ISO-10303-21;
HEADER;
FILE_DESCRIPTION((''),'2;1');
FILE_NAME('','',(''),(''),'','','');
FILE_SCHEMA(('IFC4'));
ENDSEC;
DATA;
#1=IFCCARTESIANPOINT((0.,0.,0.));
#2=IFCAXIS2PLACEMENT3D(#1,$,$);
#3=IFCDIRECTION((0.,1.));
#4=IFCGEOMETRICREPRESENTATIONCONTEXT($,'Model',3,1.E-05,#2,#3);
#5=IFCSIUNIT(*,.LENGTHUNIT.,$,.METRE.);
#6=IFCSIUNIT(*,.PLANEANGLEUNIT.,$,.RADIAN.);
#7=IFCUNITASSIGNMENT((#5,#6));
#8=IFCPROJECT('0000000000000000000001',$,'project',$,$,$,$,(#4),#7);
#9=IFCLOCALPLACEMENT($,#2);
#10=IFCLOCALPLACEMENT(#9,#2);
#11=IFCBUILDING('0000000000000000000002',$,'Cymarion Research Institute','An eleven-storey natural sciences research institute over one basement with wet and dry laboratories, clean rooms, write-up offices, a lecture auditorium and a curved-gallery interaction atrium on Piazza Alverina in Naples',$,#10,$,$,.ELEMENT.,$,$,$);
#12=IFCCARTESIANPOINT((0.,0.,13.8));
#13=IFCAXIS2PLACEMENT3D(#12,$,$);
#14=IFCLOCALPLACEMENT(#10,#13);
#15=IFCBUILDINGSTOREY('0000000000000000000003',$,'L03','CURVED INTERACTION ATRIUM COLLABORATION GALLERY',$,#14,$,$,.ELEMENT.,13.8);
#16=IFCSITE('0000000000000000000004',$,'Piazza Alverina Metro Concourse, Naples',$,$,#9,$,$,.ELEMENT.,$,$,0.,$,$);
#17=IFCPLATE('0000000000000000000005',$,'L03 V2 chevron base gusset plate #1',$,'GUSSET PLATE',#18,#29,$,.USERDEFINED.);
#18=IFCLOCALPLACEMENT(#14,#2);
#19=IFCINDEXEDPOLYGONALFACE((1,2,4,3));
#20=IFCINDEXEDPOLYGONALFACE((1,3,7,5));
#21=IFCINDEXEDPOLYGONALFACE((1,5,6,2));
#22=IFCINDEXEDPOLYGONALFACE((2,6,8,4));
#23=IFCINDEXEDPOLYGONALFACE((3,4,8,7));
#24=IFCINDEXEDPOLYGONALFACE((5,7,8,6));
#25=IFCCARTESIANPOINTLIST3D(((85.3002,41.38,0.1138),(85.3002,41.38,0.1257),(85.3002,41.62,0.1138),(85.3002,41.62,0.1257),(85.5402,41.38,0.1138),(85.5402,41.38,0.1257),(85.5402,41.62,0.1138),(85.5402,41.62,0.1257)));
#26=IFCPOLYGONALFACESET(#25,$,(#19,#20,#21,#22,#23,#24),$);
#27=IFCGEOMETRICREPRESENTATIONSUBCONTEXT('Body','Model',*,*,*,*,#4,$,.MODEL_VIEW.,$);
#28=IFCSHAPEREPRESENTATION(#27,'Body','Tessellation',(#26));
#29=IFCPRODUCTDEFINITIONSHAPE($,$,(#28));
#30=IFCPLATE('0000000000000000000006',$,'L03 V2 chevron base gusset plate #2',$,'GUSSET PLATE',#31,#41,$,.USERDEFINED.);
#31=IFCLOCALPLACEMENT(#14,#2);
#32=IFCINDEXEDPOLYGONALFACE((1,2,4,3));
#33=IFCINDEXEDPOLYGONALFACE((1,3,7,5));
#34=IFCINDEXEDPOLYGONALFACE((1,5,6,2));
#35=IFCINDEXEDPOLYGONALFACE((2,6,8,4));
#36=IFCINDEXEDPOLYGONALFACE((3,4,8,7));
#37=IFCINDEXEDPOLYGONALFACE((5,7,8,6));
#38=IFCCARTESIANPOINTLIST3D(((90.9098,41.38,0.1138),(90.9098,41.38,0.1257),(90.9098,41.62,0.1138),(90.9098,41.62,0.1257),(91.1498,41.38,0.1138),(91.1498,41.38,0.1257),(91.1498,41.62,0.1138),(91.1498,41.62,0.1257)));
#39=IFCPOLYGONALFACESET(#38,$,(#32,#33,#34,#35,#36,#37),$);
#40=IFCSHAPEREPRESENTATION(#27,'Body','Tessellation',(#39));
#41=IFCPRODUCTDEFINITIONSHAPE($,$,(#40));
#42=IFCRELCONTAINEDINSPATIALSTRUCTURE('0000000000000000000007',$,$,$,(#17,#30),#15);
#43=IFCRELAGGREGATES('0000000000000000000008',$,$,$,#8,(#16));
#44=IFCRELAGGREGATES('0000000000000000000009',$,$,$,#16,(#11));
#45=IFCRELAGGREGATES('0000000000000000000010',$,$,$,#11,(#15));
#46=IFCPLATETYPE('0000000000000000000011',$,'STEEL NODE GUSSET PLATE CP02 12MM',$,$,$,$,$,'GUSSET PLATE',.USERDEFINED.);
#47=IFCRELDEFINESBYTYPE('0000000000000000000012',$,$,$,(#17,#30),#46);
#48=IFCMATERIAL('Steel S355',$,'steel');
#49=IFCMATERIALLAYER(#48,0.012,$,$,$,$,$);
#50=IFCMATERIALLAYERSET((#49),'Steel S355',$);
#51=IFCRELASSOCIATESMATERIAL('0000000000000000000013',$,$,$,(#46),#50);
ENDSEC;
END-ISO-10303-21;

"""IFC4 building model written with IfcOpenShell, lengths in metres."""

from ifc_helpers import new_model, si_unit, direction, frame, origin, origin_2d, place, context, subcontext, project, spatial, rectangle, extrude, material, layer, layer_set, type_object, element, save


model = new_model("IFC4")

# Units and contexts
model_context = context("Model", 3, precision=1e-05, world=origin(), true_north=direction((0.0, 1.0)))
body_context = subcontext(model_context, "Body", "Model", "MODEL_VIEW")
ifc_project = project(units=[si_unit("LENGTHUNIT", "METRE"), si_unit("PLANEANGLEUNIT", "RADIAN")], contexts=[model_context])

# Site, building, storey
site_placement = place(None, origin())
site = spatial("IfcSite", under=ifc_project, at=site_placement, Name="Piazza Alverina Metro Concourse, Naples", CompositionType="ELEMENT", RefElevation=0.0)
building_placement = place(site_placement, origin())
building = spatial("IfcBuilding", under=site, at=building_placement, Name="Cymarion Research Institute", Description="An eleven-storey natural sciences research institute over one basement with wet and dry laboratories, clean rooms, write-up offices, a lecture auditorium and a curved-gallery interaction atrium on Piazza Alverina in Naples", CompositionType="ELEMENT")
storey_placement = place(building_placement, frame((0.0, 0.0, 13.8)))
storey = spatial("IfcBuildingStorey", under=building, at=storey_placement, Name="L03", Description="CURVED INTERACTION ATRIUM COLLABORATION GALLERY", CompositionType="ELEMENT", Elevation=13.8)

# Shared definitions
ifc_material_1 = material(Name="Steel S355", Category="steel")

# Plates
ifc_layer_1 = layer(ifc_material_1, 0.012)
ifc_layer_set_1 = layer_set([ifc_layer_1], Name="Steel S355")
plate_type_1 = type_object("IfcPlateType", Name="STEEL NODE GUSSET PLATE CP02 12MM", ElementType="GUSSET PLATE", PredefinedType="USERDEFINED", material=ifc_layer_set_1)
for number, where, z_axis, x_axis, name in (
    (1, (85.4202, 41.5, 0.1138), (0.0, 0.0, 1.0), (1.0, 0.0, 0.0), "L03 V2 chevron base gusset plate #1"),
    (2, (91.0298, 41.5, 0.1138), (0.0, 0.0, 1.0), (1.0, 0.0, 0.0), "L03 V2 chevron base gusset plate #2"),
):
    element("IfcPlate", number, at=place(storey_placement, frame(where, z_axis=z_axis, x_axis=x_axis)), inside=storey, type_object=plate_type_1, Name=name, ObjectType="GUSSET PLATE", PredefinedType="USERDEFINED", context=body_context, shape_type="SweptSolid", body=[
        extrude(rectangle(XDim=0.24, YDim=0.24, at=origin_2d()), origin(), (0.0, 0.0, 1.0), 0.012),
    ])

save(model, "model.ifc")
